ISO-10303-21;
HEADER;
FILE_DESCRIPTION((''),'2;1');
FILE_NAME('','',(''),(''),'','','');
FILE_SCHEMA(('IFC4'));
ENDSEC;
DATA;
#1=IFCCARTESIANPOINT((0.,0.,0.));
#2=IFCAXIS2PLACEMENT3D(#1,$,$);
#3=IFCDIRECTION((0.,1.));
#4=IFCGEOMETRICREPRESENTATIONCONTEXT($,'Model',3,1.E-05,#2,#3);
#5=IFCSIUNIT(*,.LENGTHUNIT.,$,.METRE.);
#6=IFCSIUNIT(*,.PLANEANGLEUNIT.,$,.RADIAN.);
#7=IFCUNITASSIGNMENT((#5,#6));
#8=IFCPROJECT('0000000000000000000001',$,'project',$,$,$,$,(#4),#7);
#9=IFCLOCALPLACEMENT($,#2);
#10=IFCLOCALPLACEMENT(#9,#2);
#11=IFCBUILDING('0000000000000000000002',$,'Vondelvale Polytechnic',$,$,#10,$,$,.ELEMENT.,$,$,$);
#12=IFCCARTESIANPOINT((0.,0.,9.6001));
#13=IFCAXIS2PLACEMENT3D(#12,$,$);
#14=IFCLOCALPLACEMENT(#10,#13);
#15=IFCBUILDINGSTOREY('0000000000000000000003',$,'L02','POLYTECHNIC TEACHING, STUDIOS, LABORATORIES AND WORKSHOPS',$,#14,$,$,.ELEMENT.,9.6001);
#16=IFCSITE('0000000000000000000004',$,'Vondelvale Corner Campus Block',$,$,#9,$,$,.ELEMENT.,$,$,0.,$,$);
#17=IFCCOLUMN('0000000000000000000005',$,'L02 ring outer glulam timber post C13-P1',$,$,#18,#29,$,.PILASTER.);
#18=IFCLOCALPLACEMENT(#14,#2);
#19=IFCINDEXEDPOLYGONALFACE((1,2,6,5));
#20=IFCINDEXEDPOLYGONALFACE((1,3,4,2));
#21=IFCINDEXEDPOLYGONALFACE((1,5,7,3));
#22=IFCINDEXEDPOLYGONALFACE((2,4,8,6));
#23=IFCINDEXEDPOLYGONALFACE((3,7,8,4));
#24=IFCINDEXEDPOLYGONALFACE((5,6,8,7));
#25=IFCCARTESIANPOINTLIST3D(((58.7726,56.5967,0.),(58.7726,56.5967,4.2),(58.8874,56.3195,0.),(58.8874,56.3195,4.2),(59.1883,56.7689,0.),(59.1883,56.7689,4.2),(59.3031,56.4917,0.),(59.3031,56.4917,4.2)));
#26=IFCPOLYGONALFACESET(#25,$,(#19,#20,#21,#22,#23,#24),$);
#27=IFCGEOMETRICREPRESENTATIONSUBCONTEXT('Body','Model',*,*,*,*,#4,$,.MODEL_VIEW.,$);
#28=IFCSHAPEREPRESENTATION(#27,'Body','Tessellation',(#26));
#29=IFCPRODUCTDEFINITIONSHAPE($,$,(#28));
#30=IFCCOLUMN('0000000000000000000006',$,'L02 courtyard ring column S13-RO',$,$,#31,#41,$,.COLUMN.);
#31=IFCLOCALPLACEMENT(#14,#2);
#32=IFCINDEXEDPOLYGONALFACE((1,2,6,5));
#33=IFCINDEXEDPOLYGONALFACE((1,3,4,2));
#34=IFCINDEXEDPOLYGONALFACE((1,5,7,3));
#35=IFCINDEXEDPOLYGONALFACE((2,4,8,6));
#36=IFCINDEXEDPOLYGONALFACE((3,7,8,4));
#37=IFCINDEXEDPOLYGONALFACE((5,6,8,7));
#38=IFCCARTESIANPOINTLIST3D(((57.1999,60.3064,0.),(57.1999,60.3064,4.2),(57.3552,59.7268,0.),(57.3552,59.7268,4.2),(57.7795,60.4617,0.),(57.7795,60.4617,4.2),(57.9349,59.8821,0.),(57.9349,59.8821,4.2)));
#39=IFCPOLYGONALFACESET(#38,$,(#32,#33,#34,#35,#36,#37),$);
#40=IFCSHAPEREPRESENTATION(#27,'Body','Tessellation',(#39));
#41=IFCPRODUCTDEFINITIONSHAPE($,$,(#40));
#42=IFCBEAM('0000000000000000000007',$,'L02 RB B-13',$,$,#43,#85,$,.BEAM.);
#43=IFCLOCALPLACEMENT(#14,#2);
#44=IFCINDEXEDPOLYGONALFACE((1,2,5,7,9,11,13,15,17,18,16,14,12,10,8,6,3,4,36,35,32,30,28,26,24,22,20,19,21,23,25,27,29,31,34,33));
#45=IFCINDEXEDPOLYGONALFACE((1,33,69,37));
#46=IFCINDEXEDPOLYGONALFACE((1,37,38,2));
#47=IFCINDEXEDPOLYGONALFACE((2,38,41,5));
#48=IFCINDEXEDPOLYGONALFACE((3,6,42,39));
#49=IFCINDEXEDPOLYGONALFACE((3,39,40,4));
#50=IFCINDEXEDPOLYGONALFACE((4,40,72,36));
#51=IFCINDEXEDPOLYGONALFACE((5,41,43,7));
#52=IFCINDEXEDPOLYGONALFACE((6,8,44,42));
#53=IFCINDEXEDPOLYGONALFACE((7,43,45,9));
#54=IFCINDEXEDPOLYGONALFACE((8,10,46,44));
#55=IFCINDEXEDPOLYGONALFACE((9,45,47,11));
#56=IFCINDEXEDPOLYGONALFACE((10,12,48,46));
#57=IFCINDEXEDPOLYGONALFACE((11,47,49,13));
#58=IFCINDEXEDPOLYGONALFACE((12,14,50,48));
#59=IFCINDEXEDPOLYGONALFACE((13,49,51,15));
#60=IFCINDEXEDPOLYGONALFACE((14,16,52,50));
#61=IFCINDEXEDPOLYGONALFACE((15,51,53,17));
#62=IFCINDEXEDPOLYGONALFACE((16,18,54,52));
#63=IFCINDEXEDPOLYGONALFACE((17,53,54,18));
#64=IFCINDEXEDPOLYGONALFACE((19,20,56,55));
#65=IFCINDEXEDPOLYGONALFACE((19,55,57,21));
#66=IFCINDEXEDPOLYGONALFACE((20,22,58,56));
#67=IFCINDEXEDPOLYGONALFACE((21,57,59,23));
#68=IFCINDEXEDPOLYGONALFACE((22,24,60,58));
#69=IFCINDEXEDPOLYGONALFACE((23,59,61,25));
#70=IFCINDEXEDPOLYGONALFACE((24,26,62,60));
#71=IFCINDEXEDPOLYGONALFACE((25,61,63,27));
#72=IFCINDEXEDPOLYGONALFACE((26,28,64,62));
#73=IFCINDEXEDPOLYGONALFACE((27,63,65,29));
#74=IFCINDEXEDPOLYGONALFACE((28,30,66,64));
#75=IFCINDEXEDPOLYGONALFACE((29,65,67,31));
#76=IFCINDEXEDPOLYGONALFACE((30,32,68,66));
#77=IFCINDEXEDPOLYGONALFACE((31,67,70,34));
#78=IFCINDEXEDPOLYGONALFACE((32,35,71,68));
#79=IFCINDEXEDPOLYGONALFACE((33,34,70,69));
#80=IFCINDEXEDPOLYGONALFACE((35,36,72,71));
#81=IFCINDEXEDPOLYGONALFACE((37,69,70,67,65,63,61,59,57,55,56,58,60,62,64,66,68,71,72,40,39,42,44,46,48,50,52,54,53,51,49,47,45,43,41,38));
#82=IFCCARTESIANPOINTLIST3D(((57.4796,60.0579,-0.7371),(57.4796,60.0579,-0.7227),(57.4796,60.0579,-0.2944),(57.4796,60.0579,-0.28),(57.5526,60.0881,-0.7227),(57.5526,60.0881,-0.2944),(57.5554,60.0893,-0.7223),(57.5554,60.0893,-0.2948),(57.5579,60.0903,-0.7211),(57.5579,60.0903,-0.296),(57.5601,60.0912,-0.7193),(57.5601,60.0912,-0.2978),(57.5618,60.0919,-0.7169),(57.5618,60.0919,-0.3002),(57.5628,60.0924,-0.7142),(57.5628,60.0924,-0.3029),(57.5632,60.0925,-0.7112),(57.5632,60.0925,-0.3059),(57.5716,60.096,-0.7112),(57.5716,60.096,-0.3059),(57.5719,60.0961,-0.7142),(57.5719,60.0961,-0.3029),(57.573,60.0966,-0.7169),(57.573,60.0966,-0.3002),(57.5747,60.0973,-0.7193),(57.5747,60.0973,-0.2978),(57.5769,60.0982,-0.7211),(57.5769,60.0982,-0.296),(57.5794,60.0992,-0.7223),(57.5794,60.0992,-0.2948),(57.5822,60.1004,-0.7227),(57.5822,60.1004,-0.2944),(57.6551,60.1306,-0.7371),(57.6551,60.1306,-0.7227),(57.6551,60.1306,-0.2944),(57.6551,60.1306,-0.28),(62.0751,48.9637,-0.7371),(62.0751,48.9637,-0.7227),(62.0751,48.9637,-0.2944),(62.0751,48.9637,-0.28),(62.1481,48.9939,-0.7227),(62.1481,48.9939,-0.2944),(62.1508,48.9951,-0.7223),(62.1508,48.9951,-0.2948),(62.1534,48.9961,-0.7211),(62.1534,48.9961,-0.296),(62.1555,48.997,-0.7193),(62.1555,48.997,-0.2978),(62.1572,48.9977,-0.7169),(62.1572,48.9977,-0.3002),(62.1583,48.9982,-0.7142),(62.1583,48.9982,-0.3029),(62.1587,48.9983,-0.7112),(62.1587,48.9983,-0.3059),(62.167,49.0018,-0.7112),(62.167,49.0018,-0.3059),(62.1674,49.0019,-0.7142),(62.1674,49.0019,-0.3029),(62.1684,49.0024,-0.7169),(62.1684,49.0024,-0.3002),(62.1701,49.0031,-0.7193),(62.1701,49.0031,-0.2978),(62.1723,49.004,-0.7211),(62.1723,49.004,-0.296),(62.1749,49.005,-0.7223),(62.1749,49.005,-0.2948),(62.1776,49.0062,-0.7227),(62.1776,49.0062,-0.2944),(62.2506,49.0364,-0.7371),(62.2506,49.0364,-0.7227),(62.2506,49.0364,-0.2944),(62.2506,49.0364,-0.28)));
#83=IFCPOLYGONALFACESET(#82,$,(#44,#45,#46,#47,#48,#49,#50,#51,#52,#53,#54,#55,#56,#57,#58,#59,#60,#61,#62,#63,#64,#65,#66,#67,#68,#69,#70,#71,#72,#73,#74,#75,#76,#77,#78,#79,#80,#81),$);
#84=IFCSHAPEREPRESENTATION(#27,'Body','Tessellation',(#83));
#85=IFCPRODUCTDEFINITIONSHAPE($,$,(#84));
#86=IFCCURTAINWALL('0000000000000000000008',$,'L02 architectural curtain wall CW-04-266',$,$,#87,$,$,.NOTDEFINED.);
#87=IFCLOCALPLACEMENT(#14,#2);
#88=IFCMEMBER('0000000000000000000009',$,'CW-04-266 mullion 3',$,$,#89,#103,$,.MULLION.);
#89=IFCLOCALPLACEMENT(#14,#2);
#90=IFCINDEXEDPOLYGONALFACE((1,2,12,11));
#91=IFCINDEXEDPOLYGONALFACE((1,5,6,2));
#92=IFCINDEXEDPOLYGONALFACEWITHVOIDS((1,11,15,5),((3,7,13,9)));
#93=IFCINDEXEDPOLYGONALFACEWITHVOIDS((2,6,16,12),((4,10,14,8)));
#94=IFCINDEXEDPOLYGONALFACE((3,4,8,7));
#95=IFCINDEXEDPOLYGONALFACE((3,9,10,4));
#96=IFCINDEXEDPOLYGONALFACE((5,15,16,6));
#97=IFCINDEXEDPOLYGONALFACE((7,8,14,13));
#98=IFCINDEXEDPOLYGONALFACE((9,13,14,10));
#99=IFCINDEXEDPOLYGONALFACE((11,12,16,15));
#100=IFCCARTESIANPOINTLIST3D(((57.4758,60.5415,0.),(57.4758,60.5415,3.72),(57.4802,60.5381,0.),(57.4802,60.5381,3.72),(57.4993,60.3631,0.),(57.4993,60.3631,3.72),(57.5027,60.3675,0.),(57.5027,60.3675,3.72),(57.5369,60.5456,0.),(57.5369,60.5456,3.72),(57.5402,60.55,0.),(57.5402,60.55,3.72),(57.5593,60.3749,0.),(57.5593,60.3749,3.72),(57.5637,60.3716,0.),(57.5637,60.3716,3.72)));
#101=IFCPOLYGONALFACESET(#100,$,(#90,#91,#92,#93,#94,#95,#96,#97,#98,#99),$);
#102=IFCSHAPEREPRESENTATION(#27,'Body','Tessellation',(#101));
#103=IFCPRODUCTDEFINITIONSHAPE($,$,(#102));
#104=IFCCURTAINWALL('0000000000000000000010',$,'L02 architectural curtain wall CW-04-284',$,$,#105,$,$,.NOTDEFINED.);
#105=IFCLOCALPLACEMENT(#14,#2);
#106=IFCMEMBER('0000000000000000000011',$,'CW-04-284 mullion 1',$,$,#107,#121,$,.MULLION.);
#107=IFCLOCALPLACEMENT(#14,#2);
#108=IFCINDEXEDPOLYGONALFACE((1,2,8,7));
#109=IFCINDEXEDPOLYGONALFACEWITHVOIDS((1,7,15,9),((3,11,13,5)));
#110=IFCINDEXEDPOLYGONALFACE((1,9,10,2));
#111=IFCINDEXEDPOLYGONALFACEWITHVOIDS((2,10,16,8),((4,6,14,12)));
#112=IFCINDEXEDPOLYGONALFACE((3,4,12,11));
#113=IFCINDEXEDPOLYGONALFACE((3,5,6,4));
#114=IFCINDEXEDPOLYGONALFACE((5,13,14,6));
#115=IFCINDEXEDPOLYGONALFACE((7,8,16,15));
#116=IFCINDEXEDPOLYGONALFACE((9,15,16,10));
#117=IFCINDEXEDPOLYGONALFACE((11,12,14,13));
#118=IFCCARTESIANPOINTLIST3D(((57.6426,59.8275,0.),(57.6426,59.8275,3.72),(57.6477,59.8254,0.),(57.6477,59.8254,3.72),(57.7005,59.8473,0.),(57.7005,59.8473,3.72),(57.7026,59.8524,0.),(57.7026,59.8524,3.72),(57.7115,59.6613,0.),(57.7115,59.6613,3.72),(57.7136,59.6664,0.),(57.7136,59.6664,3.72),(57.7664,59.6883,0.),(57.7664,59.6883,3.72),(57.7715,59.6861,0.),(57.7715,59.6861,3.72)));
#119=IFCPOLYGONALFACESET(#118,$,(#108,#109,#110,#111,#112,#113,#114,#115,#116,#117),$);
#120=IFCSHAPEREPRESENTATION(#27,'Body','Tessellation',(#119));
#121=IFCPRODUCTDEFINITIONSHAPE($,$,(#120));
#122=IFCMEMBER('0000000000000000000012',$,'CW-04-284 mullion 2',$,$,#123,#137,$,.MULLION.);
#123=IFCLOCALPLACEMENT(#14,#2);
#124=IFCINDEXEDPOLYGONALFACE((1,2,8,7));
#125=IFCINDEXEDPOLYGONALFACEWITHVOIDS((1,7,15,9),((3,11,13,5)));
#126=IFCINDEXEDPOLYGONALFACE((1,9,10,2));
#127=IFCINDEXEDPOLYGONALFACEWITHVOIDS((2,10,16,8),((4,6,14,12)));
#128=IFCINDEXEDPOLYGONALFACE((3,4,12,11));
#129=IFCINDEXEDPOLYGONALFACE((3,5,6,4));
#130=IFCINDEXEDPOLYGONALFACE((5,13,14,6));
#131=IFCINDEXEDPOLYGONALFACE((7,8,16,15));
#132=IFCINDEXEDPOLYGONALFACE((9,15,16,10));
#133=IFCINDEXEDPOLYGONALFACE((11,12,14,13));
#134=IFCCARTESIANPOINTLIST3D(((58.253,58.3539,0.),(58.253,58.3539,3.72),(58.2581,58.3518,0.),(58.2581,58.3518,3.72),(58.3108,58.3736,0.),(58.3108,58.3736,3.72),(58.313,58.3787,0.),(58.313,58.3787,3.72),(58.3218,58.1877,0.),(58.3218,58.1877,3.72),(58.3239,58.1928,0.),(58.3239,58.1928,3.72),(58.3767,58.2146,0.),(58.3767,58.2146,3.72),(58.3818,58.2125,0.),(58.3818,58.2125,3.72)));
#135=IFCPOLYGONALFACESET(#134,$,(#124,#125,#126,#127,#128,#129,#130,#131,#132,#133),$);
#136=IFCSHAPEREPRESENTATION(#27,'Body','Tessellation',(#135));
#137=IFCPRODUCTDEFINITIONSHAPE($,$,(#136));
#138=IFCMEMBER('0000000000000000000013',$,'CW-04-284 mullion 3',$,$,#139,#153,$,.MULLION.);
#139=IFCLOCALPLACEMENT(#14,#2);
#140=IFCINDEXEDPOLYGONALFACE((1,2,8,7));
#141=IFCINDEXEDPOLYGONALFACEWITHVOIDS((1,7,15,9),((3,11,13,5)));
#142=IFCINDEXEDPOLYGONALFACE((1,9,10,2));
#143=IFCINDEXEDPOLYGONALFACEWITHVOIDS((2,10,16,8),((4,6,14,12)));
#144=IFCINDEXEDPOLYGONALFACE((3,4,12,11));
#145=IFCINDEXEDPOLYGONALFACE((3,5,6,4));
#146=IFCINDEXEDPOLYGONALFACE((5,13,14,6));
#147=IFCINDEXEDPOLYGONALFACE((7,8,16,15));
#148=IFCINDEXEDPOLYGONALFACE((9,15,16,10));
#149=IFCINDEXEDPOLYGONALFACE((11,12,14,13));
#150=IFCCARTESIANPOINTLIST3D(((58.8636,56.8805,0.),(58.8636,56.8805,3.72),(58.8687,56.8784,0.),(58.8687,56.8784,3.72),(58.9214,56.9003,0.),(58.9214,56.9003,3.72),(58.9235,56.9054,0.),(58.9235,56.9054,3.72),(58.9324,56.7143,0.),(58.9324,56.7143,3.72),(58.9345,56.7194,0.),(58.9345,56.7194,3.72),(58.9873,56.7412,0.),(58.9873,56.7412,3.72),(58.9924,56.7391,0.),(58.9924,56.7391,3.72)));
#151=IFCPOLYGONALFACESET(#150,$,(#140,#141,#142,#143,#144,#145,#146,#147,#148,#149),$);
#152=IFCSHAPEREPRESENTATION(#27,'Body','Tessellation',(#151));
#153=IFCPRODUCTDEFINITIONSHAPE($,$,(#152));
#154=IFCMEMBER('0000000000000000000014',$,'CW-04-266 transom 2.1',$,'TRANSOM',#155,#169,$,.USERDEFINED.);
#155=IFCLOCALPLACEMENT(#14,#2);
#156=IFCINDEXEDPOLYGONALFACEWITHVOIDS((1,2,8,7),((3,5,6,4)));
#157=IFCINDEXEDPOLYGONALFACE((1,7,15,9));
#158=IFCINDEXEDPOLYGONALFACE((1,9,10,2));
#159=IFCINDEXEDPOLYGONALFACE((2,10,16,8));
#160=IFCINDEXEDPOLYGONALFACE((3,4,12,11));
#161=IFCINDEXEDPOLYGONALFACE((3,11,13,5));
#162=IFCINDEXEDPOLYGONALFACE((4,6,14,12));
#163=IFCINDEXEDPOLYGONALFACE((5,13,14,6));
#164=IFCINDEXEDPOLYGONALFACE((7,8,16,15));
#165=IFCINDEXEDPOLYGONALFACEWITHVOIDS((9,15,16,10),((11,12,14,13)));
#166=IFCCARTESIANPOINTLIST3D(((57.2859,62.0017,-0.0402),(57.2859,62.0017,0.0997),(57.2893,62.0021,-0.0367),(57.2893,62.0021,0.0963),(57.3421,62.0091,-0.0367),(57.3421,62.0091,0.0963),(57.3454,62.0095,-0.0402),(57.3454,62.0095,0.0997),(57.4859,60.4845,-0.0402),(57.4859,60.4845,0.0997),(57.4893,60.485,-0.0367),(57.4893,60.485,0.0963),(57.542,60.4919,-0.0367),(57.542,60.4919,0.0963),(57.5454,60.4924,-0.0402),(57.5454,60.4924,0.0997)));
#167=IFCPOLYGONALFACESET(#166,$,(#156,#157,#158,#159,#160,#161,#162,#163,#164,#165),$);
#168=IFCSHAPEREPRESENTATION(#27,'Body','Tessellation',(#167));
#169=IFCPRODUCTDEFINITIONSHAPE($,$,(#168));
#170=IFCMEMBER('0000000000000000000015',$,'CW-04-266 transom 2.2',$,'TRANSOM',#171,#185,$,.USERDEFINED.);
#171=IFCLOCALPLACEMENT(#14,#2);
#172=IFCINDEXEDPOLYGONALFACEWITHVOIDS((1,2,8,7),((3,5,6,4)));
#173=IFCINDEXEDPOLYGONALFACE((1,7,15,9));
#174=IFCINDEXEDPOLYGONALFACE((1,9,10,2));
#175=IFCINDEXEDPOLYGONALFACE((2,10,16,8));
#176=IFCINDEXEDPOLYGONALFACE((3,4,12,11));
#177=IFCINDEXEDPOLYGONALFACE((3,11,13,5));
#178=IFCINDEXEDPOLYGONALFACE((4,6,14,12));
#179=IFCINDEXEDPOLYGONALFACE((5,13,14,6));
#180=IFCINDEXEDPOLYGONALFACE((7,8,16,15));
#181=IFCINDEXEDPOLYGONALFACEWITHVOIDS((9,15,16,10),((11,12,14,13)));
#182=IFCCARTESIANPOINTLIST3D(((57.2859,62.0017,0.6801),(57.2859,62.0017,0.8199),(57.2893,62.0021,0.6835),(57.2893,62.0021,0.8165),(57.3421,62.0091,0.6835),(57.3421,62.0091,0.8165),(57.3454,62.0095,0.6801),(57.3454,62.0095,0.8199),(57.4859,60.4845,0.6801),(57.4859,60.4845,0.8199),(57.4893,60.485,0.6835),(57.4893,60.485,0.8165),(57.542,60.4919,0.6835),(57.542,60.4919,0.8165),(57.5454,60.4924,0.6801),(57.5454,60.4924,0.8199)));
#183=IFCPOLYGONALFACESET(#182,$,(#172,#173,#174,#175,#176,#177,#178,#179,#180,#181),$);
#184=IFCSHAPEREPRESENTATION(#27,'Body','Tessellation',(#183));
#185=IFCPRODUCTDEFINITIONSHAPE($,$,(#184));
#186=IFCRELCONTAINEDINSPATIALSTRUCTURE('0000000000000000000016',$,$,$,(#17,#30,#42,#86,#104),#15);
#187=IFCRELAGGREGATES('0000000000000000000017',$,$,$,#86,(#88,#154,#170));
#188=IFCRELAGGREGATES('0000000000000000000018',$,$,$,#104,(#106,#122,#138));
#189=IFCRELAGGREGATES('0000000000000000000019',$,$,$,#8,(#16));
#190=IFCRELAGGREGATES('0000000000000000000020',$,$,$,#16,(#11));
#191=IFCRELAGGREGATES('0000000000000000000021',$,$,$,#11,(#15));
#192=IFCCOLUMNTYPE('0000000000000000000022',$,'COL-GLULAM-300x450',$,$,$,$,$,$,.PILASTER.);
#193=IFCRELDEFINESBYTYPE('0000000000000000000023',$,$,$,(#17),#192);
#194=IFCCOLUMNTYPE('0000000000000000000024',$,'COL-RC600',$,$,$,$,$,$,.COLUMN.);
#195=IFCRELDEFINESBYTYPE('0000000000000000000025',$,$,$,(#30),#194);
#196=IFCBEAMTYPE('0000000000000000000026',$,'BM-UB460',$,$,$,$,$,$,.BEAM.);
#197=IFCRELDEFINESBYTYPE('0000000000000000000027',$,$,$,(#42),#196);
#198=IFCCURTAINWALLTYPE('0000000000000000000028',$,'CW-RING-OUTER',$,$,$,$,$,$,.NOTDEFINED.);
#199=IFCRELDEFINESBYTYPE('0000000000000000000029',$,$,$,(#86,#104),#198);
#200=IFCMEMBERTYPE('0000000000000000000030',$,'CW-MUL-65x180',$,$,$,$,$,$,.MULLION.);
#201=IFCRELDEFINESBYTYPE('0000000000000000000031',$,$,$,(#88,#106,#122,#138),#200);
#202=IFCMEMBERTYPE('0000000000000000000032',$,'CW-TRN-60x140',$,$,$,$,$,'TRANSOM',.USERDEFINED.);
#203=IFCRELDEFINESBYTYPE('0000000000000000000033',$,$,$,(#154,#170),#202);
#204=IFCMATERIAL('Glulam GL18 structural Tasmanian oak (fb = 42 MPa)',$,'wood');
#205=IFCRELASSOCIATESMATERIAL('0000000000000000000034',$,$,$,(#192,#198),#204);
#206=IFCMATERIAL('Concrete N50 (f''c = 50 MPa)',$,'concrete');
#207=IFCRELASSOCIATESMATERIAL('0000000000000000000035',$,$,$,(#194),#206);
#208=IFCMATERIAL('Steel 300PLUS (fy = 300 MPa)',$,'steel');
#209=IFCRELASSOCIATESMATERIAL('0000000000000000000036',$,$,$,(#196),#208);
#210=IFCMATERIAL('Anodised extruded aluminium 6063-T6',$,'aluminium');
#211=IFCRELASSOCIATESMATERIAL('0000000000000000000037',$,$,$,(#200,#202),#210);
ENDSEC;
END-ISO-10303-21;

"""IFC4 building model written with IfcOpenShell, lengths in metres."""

from ifc_helpers import new_model, si_unit, direction, frame, origin, origin_2d, place, context, subcontext, project, spatial, rectangle, hollow_rectangle, i_section, extrude, material, material_profile, profile_set, type_object, element, aggregate, save


model = new_model("IFC4")

# Units and contexts
model_context = context("Model", 3, precision=1e-05, world=origin(), true_north=direction((0.0, 1.0)))
body_context = subcontext(model_context, "Body", "Model", "MODEL_VIEW")
ifc_project = project(units=[si_unit("LENGTHUNIT", "METRE"), si_unit("PLANEANGLEUNIT", "RADIAN")], contexts=[model_context])

# Site, building, storey
site_placement = place(None, origin())
site = spatial("IfcSite", under=ifc_project, at=site_placement, Name="Vondelvale Corner Campus Block", CompositionType="ELEMENT", RefElevation=0.0)
building_placement = place(site_placement, origin())
building = spatial("IfcBuilding", under=site, at=building_placement, Name="Vondelvale Polytechnic", CompositionType="ELEMENT")
storey_placement = place(building_placement, frame((0.0, 0.0, 9.6001)))
storey = spatial("IfcBuildingStorey", under=building, at=storey_placement, Name="L02", Description="POLYTECHNIC TEACHING, STUDIOS, LABORATORIES AND WORKSHOPS", CompositionType="ELEMENT", Elevation=9.6001)

# Columns
ifc_material_1 = material(Name="Glulam GL18 structural Tasmanian oak (fb = 42 MPa)", Category="wood")
ifc_material_profile_1 = material_profile(ifc_material_1, rectangle(XDim=0.3, YDim=0.45, at=origin_2d()), Name="GL-POST-300x450")
ifc_profile_set_1 = profile_set([ifc_material_profile_1], Name="Glulam GL18 structural Tasmanian oak (fb = 42 MPa)")
column_type_1 = type_object("IfcColumnType", Name="COL-GLULAM-300x450", PredefinedType="PILASTER", material=ifc_profile_set_1)
column_1_placement = place(storey_placement, frame((59.0378, 56.5442, 0.0), z_axis=(0.0, 0.0, 1.0), x_axis=(-0.382683, 0.92388, 0.0)))
element("IfcColumn", 1, at=column_1_placement, inside=storey, type_object=column_type_1, Name="L02 ring outer glulam timber post C13-P1", PredefinedType="PILASTER", context=body_context, shape_type="SweptSolid", body=[
    extrude(rectangle(XDim=0.3, YDim=0.45, at=origin_2d()), origin(), (0.0, 0.0, 1.0), 4.2),
])
ifc_material_2 = material(Name="Concrete N50 (f'c = 50 MPa)", Category="concrete")
ifc_material_profile_2 = material_profile(ifc_material_2, rectangle(XDim=0.6001, YDim=0.6001, at=origin_2d()), Name="RC-COL-600x600")
ifc_profile_set_2 = profile_set([ifc_material_profile_2], Name="Concrete N50 (f'c = 50 MPa)")
column_type_2 = type_object("IfcColumnType", Name="COL-RC600", PredefinedType="COLUMN", material=ifc_profile_set_2)
column_2_placement = place(storey_placement, frame((57.5674, 60.0942, 0.0), z_axis=(0.0, 0.0, 1.0), x_axis=(0.965926, 0.258819, 0.0)))
element("IfcColumn", 2, at=column_2_placement, inside=storey, type_object=column_type_2, Name="L02 courtyard ring column S13-RO", PredefinedType="COLUMN", context=body_context, shape_type="SweptSolid", body=[
    extrude(rectangle(XDim=0.6001, YDim=0.6001, at=origin_2d()), origin(), (0.0, 0.0, 1.0), 4.2),
])

# Beam
ifc_material_3 = material(Name="Steel 300PLUS (fy = 300 MPa)", Category="steel")
ifc_material_profile_3 = material_profile(ifc_material_3, i_section(OverallWidth=0.1899, OverallDepth=0.457, WebThickness=0.009, FlangeThickness=0.0144, FilletRadius=0.0115, at=origin_2d()), Name="460UB74.6")
ifc_profile_set_3 = profile_set([ifc_material_profile_3], Name="Steel 300PLUS (fy = 300 MPa)")
beam_type_1 = type_object("IfcBeamType", Name="BM-UB460", PredefinedType="BEAM", material=ifc_profile_set_3)
beam_1_placement = place(storey_placement, frame((57.5674, 60.0942, -0.5085), z_axis=(0.382689, -0.923877, 0.0), x_axis=(0.923877, 0.382689, 0.0)))
element("IfcBeam", 3, at=beam_1_placement, inside=storey, type_object=beam_type_1, Name="L02 RB B-13", PredefinedType="BEAM", context=body_context, shape_type="SweptSolid", body=[
    extrude(i_section(OverallWidth=0.1899, OverallDepth=0.457, WebThickness=0.009, FlangeThickness=0.0144, FilletRadius=0.0115, at=origin_2d()), origin(), (0.0, 0.0, 1.0), 12.0083),
])

# Curtain wall, member
curtain_wall_type = type_object("IfcCurtainWallType", Name="CW-RING-OUTER", PredefinedType="NOTDEFINED", material=ifc_material_1)
curtain_wall_1_placement = place(storey_placement, origin())
curtain_wall_1 = element("IfcCurtainWall", 4, at=curtain_wall_1_placement, inside=storey, type_object=curtain_wall_type, Name="L02 architectural curtain wall CW-04-266", PredefinedType="NOTDEFINED")
ifc_material_4 = material(Name="Anodised extruded aluminium 6063-T6", Category="aluminium")
ifc_material_profile_4 = material_profile(ifc_material_4, hollow_rectangle(XDim=0.0649, YDim=0.1799, WallThickness=0.0039, at=origin_2d()), Name="CW-MUL-180x65")
ifc_profile_set_4 = profile_set([ifc_material_profile_4], Name="Anodised extruded aluminium 6063-T6")
member_type_1 = type_object("IfcMemberType", Name="CW-MUL-65x180", PredefinedType="MULLION", material=ifc_profile_set_4)
member_1_placement = place(storey_placement, frame((57.5198, 60.4565, 0.0), z_axis=(0.0, 0.0, 1.0), x_axis=(0.991443, 0.13054, 0.0)))
member_1 = element("IfcMember", 5, at=member_1_placement, type_object=member_type_1, Name="CW-04-266 mullion 3", PredefinedType="MULLION", context=body_context, shape_type="SweptSolid", body=[
    extrude(hollow_rectangle(XDim=0.0649, YDim=0.1799, WallThickness=0.0039, at=origin_2d()), origin(), (0.0, 0.0, 1.0), 3.72),
])

# Curtain wall, members
curtain_wall_2_placement = place(storey_placement, origin())
curtain_wall_2 = element("IfcCurtainWall", 6, at=curtain_wall_2_placement, inside=storey, type_object=curtain_wall_type, Name="L02 architectural curtain wall CW-04-284", PredefinedType="NOTDEFINED")
member_2_placement = place(storey_placement, frame((57.707, 59.7568, 0.0), z_axis=(0.0, 0.0, 1.0), x_axis=(0.923882, 0.382677, 0.0)))
member_2 = element("IfcMember", 7, at=member_2_placement, type_object=member_type_1, Name="CW-04-284 mullion 1", PredefinedType="MULLION", context=body_context, shape_type="SweptSolid", body=[
    extrude(hollow_rectangle(XDim=0.0649, YDim=0.1799, WallThickness=0.0039, at=origin_2d()), origin(), (0.0, 0.0, 1.0), 3.72),
])
member_3_placement = place(storey_placement, frame((58.3174, 58.2832, 0.0), z_axis=(0.0, 0.0, 1.0), x_axis=(0.923882, 0.382677, 0.0)))
member_3 = element("IfcMember", 8, at=member_3_placement, type_object=member_type_1, Name="CW-04-284 mullion 2", PredefinedType="MULLION", context=body_context, shape_type="SweptSolid", body=[
    extrude(hollow_rectangle(XDim=0.0649, YDim=0.1799, WallThickness=0.0039, at=origin_2d()), origin(), (0.0, 0.0, 1.0), 3.72),
])
member_4_placement = place(storey_placement, frame((58.928, 56.8098, 0.0), z_axis=(0.0, 0.0, 1.0), x_axis=(0.923882, 0.382677, 0.0)))
member_4 = element("IfcMember", 9, at=member_4_placement, type_object=member_type_1, Name="CW-04-284 mullion 3", PredefinedType="MULLION", context=body_context, shape_type="SweptSolid", body=[
    extrude(hollow_rectangle(XDim=0.0649, YDim=0.1799, WallThickness=0.0039, at=origin_2d()), origin(), (0.0, 0.0, 1.0), 3.72),
])

# Members
ifc_material_profile_5 = material_profile(ifc_material_4, hollow_rectangle(XDim=0.0601, YDim=0.1399, WallThickness=0.0034, at=origin_2d()), Name="CW-TRN-140x60")
ifc_profile_set_5 = profile_set([ifc_material_profile_5], Name="Anodised extruded aluminium 6063-T6")
member_type_2 = type_object("IfcMemberType", Name="CW-TRN-60x140", ElementType="TRANSOM", PredefinedType="USERDEFINED", material=ifc_profile_set_5)
member_5_placement = place(storey_placement, frame((57.3157, 62.0056, 0.0298), z_axis=(0.130669, -0.991426, 0.0), x_axis=(0.991426, 0.130669, 0.0)))
member_5 = element("IfcMember", 10, at=member_5_placement, type_object=member_type_2, Name="CW-04-266 transom 2.1", ObjectType="TRANSOM", PredefinedType="USERDEFINED", context=body_context, shape_type="SweptSolid", body=[
    extrude(hollow_rectangle(XDim=0.0601, YDim=0.1399, WallThickness=0.0034, at=origin_2d()), origin(), (0.0, 0.0, 1.0), 1.5303),
])
member_6_placement = place(storey_placement, frame((57.3157, 62.0056, 0.75), z_axis=(0.130669, -0.991426, 0.0), x_axis=(0.991426, 0.130669, 0.0)))
member_6 = element("IfcMember", 11, at=member_6_placement, type_object=member_type_2, Name="CW-04-266 transom 2.2", ObjectType="TRANSOM", PredefinedType="USERDEFINED", context=body_context, shape_type="SweptSolid", body=[
    extrude(hollow_rectangle(XDim=0.0601, YDim=0.1399, WallThickness=0.0034, at=origin_2d()), origin(), (0.0, 0.0, 1.0), 1.5303),
])

aggregate(curtain_wall_1, [member_1, member_5, member_6])
aggregate(curtain_wall_2, [member_2, member_3, member_4])

save(model, "model.ifc")
